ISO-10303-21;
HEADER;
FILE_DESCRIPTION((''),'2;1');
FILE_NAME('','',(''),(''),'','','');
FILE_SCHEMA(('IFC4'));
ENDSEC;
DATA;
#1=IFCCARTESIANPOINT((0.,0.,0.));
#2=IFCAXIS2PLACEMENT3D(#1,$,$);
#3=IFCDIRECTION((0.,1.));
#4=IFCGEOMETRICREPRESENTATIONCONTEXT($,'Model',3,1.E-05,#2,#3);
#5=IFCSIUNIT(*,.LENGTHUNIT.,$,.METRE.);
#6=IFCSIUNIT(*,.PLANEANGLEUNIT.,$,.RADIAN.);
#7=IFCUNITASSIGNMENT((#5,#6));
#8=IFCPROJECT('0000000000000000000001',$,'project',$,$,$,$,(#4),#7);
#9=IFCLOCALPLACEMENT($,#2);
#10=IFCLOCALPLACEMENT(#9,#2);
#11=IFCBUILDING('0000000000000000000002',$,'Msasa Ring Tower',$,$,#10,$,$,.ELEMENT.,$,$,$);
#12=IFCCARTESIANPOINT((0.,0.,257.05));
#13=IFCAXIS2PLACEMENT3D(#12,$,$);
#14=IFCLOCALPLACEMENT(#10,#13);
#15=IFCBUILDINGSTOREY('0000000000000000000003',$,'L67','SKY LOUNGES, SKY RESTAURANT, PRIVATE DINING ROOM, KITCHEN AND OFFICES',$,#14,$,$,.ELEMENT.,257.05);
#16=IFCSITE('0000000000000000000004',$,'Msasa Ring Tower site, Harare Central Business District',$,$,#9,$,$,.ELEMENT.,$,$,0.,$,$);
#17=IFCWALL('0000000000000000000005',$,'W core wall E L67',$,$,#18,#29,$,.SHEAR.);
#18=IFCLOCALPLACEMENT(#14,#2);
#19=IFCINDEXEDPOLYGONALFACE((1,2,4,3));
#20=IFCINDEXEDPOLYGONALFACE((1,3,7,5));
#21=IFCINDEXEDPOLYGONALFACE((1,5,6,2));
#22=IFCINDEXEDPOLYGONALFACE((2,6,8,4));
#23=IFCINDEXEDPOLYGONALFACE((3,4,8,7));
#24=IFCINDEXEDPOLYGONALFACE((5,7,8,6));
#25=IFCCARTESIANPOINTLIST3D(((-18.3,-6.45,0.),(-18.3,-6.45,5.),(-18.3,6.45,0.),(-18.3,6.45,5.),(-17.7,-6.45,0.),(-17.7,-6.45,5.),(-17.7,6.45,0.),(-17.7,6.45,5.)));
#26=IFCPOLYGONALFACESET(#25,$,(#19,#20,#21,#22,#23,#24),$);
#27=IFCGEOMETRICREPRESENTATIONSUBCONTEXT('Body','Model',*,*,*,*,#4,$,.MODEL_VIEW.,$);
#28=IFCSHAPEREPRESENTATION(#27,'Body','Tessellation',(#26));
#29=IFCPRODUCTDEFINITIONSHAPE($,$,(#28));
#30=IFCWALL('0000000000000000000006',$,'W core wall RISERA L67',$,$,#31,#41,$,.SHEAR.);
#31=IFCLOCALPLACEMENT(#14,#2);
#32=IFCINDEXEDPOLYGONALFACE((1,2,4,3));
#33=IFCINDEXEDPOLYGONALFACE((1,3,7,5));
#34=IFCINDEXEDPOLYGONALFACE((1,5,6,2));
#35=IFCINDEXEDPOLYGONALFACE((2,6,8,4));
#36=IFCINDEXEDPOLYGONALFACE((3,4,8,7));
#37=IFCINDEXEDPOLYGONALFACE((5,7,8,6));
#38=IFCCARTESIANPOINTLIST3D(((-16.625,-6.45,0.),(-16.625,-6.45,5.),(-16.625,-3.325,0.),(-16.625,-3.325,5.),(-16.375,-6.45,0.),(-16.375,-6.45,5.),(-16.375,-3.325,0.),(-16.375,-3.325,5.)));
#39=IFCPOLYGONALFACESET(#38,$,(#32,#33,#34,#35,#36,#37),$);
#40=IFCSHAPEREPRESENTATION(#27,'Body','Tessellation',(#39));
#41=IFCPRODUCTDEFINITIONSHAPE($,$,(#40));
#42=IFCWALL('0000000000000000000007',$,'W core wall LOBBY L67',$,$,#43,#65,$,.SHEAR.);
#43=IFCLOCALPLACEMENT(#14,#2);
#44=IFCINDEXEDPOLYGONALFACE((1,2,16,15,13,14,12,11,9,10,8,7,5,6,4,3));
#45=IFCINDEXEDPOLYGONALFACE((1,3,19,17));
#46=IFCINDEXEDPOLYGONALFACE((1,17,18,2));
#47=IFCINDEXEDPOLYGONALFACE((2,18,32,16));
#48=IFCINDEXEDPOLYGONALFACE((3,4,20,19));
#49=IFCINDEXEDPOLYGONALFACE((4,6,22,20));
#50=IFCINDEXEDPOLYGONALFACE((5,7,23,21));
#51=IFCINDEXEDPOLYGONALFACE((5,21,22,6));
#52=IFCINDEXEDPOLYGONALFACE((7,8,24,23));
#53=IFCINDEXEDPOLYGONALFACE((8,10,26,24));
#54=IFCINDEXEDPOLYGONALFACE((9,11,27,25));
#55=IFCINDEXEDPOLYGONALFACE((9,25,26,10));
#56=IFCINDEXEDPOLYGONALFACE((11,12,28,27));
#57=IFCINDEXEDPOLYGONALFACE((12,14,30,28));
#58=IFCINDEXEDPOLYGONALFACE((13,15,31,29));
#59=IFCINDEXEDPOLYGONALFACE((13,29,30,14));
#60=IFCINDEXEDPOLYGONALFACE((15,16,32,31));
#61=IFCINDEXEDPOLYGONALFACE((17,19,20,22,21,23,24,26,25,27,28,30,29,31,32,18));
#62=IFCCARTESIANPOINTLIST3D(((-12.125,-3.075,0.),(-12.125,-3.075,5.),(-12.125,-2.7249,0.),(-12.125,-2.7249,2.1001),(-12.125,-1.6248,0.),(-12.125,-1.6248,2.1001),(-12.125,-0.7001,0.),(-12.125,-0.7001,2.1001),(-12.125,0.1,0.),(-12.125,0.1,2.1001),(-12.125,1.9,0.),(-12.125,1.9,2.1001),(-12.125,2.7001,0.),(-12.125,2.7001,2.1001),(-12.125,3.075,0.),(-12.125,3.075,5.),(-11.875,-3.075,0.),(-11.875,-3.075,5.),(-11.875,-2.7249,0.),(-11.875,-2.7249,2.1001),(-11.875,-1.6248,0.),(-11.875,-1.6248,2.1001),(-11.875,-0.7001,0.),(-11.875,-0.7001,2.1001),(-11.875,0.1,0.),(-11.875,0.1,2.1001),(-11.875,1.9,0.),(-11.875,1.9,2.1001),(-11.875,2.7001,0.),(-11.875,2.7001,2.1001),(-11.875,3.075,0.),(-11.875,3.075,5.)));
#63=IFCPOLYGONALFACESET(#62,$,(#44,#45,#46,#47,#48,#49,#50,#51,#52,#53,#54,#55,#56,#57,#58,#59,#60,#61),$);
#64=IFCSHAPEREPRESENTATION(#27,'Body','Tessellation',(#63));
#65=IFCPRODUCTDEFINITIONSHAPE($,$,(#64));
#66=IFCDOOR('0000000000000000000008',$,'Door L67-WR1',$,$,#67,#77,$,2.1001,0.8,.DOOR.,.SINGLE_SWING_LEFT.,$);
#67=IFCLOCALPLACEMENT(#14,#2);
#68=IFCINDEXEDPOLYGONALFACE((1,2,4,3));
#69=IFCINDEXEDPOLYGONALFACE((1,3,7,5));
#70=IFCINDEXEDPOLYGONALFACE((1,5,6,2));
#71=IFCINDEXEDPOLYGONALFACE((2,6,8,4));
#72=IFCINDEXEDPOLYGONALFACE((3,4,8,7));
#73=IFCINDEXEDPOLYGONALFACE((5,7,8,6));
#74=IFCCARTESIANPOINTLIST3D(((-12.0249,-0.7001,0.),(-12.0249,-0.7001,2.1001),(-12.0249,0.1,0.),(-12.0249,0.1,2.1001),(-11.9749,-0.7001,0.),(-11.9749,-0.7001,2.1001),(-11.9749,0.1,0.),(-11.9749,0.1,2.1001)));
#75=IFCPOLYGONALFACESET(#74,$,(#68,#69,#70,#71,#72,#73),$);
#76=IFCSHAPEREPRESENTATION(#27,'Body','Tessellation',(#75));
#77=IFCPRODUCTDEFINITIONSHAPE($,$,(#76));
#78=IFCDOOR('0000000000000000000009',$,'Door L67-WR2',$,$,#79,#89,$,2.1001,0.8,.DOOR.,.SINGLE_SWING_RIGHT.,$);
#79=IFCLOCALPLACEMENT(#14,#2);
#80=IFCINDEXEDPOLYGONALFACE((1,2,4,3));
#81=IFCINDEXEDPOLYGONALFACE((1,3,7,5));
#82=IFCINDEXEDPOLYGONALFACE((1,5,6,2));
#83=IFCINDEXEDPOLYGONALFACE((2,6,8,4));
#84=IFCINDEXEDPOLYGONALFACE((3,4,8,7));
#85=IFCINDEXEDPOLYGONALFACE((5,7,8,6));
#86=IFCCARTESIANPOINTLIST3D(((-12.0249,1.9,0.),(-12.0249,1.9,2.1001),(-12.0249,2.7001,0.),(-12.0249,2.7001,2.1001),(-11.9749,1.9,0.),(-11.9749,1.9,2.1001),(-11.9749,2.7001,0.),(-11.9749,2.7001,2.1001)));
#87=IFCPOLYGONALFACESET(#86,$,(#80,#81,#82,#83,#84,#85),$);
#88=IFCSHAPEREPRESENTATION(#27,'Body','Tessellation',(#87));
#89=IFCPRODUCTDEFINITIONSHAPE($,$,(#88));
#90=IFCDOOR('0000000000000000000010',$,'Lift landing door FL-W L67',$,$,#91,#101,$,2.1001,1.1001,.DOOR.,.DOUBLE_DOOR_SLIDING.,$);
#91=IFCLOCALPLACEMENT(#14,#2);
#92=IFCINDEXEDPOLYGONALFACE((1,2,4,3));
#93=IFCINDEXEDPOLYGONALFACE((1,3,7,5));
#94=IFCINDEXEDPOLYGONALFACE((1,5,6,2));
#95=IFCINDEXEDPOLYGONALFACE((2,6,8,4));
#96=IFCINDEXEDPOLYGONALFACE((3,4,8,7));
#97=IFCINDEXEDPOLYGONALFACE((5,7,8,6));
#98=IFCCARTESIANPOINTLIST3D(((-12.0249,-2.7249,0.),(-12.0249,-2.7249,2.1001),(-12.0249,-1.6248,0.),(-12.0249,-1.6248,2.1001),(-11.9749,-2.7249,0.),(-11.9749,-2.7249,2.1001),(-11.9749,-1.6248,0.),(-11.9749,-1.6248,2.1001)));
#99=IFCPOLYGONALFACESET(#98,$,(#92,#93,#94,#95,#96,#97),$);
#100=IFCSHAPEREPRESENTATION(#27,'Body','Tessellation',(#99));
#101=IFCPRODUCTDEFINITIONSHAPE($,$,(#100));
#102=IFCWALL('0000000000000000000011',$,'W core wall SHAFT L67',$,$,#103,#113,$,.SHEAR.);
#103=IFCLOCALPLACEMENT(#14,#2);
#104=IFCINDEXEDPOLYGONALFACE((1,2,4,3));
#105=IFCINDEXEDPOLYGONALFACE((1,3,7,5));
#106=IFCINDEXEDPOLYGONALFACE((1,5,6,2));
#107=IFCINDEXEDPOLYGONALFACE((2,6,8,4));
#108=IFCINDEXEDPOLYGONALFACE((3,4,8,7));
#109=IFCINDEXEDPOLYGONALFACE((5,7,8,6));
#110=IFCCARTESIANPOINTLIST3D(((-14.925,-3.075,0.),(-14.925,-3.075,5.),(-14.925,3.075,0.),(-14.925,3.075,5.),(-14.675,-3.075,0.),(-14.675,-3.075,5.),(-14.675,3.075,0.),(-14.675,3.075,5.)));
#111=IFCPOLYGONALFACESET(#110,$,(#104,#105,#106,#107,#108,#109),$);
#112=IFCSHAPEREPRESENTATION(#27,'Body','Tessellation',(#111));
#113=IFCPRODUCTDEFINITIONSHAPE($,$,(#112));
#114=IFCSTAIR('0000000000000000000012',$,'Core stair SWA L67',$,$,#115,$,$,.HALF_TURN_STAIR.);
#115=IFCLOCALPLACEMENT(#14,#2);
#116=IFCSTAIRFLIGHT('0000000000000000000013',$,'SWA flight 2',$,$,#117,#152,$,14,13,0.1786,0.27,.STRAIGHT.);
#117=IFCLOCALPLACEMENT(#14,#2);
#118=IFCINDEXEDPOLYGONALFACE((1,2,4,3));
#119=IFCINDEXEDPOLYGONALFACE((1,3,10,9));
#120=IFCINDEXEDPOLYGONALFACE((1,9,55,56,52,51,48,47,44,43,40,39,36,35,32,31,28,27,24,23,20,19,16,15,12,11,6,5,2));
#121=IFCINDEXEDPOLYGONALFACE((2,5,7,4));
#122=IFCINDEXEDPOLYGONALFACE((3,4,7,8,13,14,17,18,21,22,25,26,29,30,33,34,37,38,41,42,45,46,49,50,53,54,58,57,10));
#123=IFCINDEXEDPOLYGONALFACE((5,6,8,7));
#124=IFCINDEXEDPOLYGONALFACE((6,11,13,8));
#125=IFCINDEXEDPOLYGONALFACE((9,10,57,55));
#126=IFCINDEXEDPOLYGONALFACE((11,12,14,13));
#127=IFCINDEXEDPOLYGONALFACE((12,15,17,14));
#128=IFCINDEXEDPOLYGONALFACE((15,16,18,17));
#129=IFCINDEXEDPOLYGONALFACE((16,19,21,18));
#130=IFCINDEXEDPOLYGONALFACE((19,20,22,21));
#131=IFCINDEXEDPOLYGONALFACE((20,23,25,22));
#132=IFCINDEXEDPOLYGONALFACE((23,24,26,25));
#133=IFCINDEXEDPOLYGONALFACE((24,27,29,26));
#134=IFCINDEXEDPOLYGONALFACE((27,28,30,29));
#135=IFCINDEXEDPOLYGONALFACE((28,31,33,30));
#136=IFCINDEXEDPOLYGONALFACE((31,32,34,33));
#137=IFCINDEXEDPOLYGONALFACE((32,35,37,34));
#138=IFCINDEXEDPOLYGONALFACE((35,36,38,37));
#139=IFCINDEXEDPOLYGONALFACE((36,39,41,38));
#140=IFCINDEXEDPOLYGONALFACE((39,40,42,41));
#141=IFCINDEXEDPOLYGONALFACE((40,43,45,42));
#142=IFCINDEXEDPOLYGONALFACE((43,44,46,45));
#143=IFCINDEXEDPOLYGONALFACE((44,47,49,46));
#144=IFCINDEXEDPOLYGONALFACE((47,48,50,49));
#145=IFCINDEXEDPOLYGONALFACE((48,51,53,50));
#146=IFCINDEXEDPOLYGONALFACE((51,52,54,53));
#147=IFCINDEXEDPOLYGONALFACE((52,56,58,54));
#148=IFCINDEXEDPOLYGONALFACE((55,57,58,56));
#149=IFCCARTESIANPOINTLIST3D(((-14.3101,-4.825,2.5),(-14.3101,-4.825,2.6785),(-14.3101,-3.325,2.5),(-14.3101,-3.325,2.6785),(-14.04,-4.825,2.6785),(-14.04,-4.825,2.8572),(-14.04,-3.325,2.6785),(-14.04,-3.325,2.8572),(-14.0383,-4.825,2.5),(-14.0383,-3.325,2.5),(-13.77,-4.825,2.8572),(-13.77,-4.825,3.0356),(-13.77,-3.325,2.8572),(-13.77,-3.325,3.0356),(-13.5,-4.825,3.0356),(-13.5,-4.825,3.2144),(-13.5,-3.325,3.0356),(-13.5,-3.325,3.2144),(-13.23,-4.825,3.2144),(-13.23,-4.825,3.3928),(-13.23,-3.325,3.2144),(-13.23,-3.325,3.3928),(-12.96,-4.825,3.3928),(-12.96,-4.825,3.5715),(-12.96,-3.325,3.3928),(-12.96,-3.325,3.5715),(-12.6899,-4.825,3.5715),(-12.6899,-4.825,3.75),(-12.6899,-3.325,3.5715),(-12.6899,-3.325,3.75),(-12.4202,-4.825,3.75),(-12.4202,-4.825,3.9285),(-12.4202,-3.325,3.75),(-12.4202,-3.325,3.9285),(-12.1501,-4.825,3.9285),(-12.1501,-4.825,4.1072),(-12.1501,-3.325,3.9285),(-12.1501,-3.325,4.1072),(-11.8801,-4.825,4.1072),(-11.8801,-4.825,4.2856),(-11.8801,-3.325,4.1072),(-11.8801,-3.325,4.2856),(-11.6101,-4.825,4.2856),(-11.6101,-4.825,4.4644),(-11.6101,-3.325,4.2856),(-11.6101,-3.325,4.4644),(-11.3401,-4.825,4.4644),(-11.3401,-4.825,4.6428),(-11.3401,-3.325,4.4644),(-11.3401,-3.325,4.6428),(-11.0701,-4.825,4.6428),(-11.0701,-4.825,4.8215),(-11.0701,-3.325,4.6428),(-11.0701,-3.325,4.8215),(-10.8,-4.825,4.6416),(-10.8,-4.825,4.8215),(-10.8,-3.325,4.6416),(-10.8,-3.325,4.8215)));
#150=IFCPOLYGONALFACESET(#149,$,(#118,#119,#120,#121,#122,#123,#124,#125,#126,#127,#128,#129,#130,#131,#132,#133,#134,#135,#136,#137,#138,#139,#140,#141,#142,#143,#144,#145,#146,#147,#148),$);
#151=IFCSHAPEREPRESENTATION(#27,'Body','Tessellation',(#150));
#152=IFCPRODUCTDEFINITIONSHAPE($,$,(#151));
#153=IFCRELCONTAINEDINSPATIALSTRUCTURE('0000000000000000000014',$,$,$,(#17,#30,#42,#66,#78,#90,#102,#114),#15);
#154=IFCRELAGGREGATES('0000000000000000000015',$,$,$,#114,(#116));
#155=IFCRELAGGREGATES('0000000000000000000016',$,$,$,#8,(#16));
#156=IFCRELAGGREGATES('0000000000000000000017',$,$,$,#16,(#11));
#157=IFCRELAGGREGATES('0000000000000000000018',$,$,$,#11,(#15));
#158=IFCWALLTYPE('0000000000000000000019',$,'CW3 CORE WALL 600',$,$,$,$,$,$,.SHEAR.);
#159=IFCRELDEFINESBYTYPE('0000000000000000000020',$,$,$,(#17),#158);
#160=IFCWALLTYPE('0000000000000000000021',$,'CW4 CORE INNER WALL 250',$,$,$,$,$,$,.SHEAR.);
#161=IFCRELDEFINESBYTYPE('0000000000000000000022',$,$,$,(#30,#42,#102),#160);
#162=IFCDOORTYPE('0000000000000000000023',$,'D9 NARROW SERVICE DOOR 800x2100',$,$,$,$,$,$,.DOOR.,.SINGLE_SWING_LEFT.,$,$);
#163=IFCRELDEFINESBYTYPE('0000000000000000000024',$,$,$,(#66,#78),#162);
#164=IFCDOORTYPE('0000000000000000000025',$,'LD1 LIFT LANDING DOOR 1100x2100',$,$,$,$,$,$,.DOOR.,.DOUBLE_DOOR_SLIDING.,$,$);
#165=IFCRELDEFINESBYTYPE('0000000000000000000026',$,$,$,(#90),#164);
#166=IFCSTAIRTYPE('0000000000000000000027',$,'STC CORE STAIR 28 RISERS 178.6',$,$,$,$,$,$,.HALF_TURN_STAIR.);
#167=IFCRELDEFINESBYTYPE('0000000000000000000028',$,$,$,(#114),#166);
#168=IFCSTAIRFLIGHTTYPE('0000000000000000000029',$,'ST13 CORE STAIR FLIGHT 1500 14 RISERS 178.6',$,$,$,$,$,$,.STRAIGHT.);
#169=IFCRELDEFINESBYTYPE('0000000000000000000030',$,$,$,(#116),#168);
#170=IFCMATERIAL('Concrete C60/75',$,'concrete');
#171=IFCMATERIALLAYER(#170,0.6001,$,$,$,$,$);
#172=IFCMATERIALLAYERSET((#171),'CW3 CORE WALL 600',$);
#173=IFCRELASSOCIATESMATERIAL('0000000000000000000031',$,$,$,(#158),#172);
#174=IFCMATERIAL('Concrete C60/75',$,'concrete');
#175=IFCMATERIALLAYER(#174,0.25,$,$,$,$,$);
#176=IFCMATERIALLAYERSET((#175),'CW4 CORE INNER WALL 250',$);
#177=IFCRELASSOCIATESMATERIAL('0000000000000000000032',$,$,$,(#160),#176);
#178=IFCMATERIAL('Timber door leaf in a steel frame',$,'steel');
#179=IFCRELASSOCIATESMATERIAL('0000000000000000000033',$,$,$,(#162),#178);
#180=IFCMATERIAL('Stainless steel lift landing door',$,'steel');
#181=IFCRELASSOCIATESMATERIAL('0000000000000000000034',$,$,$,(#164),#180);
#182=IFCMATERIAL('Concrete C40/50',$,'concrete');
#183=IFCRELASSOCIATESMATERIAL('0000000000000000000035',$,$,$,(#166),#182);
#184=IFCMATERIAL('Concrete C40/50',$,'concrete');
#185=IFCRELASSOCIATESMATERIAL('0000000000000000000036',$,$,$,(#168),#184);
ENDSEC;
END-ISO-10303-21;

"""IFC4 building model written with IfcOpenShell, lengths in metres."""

from ifc_helpers import new_model, si_unit, direction, frame, frame_2d, origin, place, context, subcontext, project, spatial, polyline, rectangle, outline, extrude, material, layer, layer_set, type_object, element, fill, aggregate, save


model = new_model("IFC4")

# Units and contexts
model_context = context("Model", 3, precision=1e-05, world=origin(), true_north=direction((0.0, 1.0)))
body_context = subcontext(model_context, "Body", "Model", "MODEL_VIEW")
ifc_project = project(units=[si_unit("LENGTHUNIT", "METRE"), si_unit("PLANEANGLEUNIT", "RADIAN")], contexts=[model_context])

# Site, building, storey
site_placement = place(None, origin())
site = spatial("IfcSite", under=ifc_project, at=site_placement, Name="Msasa Ring Tower site, Harare Central Business District", CompositionType="ELEMENT", RefElevation=0.0)
building_placement = place(site_placement, origin())
building = spatial("IfcBuilding", under=site, at=building_placement, Name="Msasa Ring Tower", CompositionType="ELEMENT")
storey_placement = place(building_placement, frame((0.0, 0.0, 257.05)))
storey = spatial("IfcBuildingStorey", under=building, at=storey_placement, Name="L67", Description="SKY LOUNGES, SKY RESTAURANT, PRIVATE DINING ROOM, KITCHEN AND OFFICES", CompositionType="ELEMENT", Elevation=257.05)

# Walls
ifc_material_1 = material(Name="Concrete C60/75", Category="concrete")
ifc_layer_1 = layer(ifc_material_1, 0.6001)
ifc_layer_set_1 = layer_set([ifc_layer_1], Name="CW3 CORE WALL 600")
wall_type_1 = type_object("IfcWallType", Name="CW3 CORE WALL 600", PredefinedType="SHEAR", material=ifc_layer_set_1)
wall_1_placement = place(storey_placement, frame((-18.0, -6.45, 0.0), z_axis=(0.0, 0.0, 1.0), x_axis=(0.0, 1.0, 0.0)))
element("IfcWall", 1, at=wall_1_placement, inside=storey, type_object=wall_type_1, Name="W core wall E L67", PredefinedType="SHEAR", context=body_context, shape_type="SweptSolid", body=[
    extrude(rectangle(XDim=12.8999, YDim=0.6001, at=frame_2d((6.45, 0.0))), origin(), (0.0, 0.0, 1.0), 5.0),
])
ifc_material_2 = material(Name="Concrete C60/75", Category="concrete")
ifc_layer_2 = layer(ifc_material_2, 0.25)
ifc_layer_set_2 = layer_set([ifc_layer_2], Name="CW4 CORE INNER WALL 250")
wall_type_2 = type_object("IfcWallType", Name="CW4 CORE INNER WALL 250", PredefinedType="SHEAR", material=ifc_layer_set_2)
wall_2_placement = place(storey_placement, frame((-16.5, -6.45, 0.0), z_axis=(0.0, 0.0, 1.0), x_axis=(0.0, 1.0, 0.0)))
element("IfcWall", 2, at=wall_2_placement, inside=storey, type_object=wall_type_2, Name="W core wall RISERA L67", PredefinedType="SHEAR", context=body_context, shape_type="SweptSolid", body=[
    extrude(rectangle(XDim=3.125, YDim=0.25, at=frame_2d((1.5625, 0.0))), origin(), (0.0, 0.0, 1.0), 5.0),
])

# Wall, openings, doors
wall_3_placement = place(storey_placement, frame((-12.0, -3.075, 0.0), z_axis=(0.0, 0.0, 1.0), x_axis=(0.0, 1.0, 0.0)))
wall_3 = element("IfcWall", 3, at=wall_3_placement, inside=storey, type_object=wall_type_2, Name="W core wall LOBBY L67", PredefinedType="SHEAR", context=body_context, shape_type="SweptSolid", body=[
    extrude(rectangle(XDim=6.1499, YDim=0.25, at=frame_2d((3.075, 0.0))), origin(), (0.0, 0.0, 1.0), 5.0),
])
opening_1_placement = place(wall_3_placement, frame((2.375, 0.0, 0.0)))
opening_1 = element("IfcOpeningElement", 4, at=opening_1_placement, cuts=wall_3, PredefinedType="OPENING", context=body_context, shape_type="SweptSolid", body=[
    extrude(rectangle(XDim=0.8, YDim=2.1001, at=frame_2d((0.3999, 1.05))), frame((0.0, 0.135, 0.0), z_axis=(0.0, -1.0, 0.0), x_axis=(1.0, 0.0, 0.0)), (0.0, 0.0, 1.0), 0.27),
])
opening_2_placement = place(wall_3_placement, frame((4.9751, 0.0, 0.0)))
opening_2 = element("IfcOpeningElement", 5, at=opening_2_placement, cuts=wall_3, PredefinedType="OPENING", context=body_context, shape_type="SweptSolid", body=[
    extrude(rectangle(XDim=0.8, YDim=2.1001, at=frame_2d((0.3999, 1.05))), frame((0.0, 0.135, 0.0), z_axis=(0.0, -1.0, 0.0), x_axis=(1.0, 0.0, 0.0)), (0.0, 0.0, 1.0), 0.27),
])
opening_3_placement = place(wall_3_placement, frame((0.3501, 0.0, 0.0)))
opening_3 = element("IfcOpeningElement", 6, at=opening_3_placement, cuts=wall_3, PredefinedType="OPENING", context=body_context, shape_type="SweptSolid", body=[
    extrude(rectangle(XDim=1.1001, YDim=2.1001, at=frame_2d((0.55, 1.05))), frame((0.0, 0.135, 0.0), z_axis=(0.0, -1.0, 0.0), x_axis=(1.0, 0.0, 0.0)), (0.0, 0.0, 1.0), 0.27),
])
ifc_material_3 = material(Name="Timber door leaf in a steel frame", Category="steel")
door_type_1 = type_object("IfcDoorType", Name="D9 NARROW SERVICE DOOR 800x2100", OperationType="SINGLE_SWING_LEFT", PredefinedType="DOOR", material=ifc_material_3)
door_1_placement = place(opening_1_placement, origin())
door_1 = element("IfcDoor", 7, at=door_1_placement, inside=storey, type_object=door_type_1, Name="Door L67-WR1", OperationType="SINGLE_SWING_LEFT", OverallHeight=2.1001, OverallWidth=0.8, PredefinedType="DOOR", context=body_context, shape_type="SweptSolid", body=[
    extrude(rectangle(XDim=0.8, YDim=2.1001, at=frame_2d((0.3999, 1.05))), frame((0.0, 0.0249, 0.0), z_axis=(0.0, -1.0, 0.0), x_axis=(1.0, 0.0, 0.0)), (0.0, 0.0, 1.0), 0.05),
])
fill(opening_1, door_1)
door_2_placement = place(opening_2_placement, origin())
door_2 = element("IfcDoor", 8, at=door_2_placement, inside=storey, type_object=door_type_1, Name="Door L67-WR2", OperationType="SINGLE_SWING_RIGHT", OverallHeight=2.1001, OverallWidth=0.8, PredefinedType="DOOR", context=body_context, shape_type="SweptSolid", body=[
    extrude(rectangle(XDim=0.8, YDim=2.1001, at=frame_2d((0.3999, 1.05))), frame((0.0, 0.0249, 0.0), z_axis=(0.0, -1.0, 0.0), x_axis=(1.0, 0.0, 0.0)), (0.0, 0.0, 1.0), 0.05),
])
fill(opening_2, door_2)
ifc_material_4 = material(Name="Stainless steel lift landing door", Category="steel")
door_type_2 = type_object("IfcDoorType", Name="LD1 LIFT LANDING DOOR 1100x2100", OperationType="DOUBLE_DOOR_SLIDING", PredefinedType="DOOR", material=ifc_material_4)
door_3_placement = place(opening_3_placement, origin())
door_3 = element("IfcDoor", 9, at=door_3_placement, inside=storey, type_object=door_type_2, Name="Lift landing door FL-W L67", OperationType="DOUBLE_DOOR_SLIDING", OverallHeight=2.1001, OverallWidth=1.1001, PredefinedType="DOOR", context=body_context, shape_type="SweptSolid", body=[
    extrude(rectangle(XDim=1.1001, YDim=2.1001, at=frame_2d((0.55, 1.05))), frame((0.0, 0.0249, 0.0), z_axis=(0.0, -1.0, 0.0), x_axis=(1.0, 0.0, 0.0)), (0.0, 0.0, 1.0), 0.05),
])
fill(opening_3, door_3)

# Wall
wall_4_placement = place(storey_placement, frame((-14.8, -3.075, 0.0), z_axis=(0.0, 0.0, 1.0), x_axis=(0.0, 1.0, 0.0)))
element("IfcWall", 10, at=wall_4_placement, inside=storey, type_object=wall_type_2, Name="W core wall SHAFT L67", PredefinedType="SHEAR", context=body_context, shape_type="SweptSolid", body=[
    extrude(rectangle(XDim=6.1499, YDim=0.25, at=frame_2d((3.075, 0.0))), origin(), (0.0, 0.0, 1.0), 5.0),
])

# Stair, stair flight
ifc_material_5 = material(Name="Concrete C40/50", Category="concrete")
stair_type = type_object("IfcStairType", Name="STC CORE STAIR 28 RISERS 178.6", PredefinedType="HALF_TURN_STAIR", material=ifc_material_5)
stair_placement = place(storey_placement, origin())
stair = element("IfcStair", 11, at=stair_placement, inside=storey, type_object=stair_type, Name="Core stair SWA L67", PredefinedType="HALF_TURN_STAIR")
ifc_material_6 = material(Name="Concrete C40/50", Category="concrete")
stair_flight_type = type_object("IfcStairFlightType", Name="ST13 CORE STAIR FLIGHT 1500 14 RISERS 178.6", PredefinedType="STRAIGHT", material=ifc_material_6)
stair_flight_placement = place(storey_placement, frame((-14.3101, -4.075, 2.5), z_axis=(0.0, 0.0, 1.0), x_axis=(1.0, 0.0, 0.0)))
stair_flight = element("IfcStairFlight", 12, at=stair_flight_placement, type_object=stair_flight_type, Name="SWA flight 2", NumberOfRisers=14, NumberOfTreads=13, PredefinedType="STRAIGHT", RiserHeight=0.1786, TreadLength=0.27, context=body_context, shape_type="SweptSolid", body=[
    extrude(outline(polyline([(0.0, 0.0), (0.0, 0.1785), (0.27, 0.1785), (0.27, 0.3572), (0.54, 0.3572), (0.54, 0.5356), (0.8101, 0.5356), (0.8101, 0.7144), (1.0801, 0.7144), (1.0801, 0.8928), (1.3501, 0.8928), (1.3501, 1.0715), (1.6201, 1.0715), (1.6201, 1.25), (1.8899, 1.25), (1.8899, 1.4285), (2.1599, 1.4285), (2.1599, 1.6072), (2.4299, 1.6072), (2.4299, 1.7856), (2.7, 1.7856), (2.7, 1.9644), (2.97, 1.9644), (2.97, 2.1428), (3.24, 2.1428), (3.24, 2.3215), (3.51, 2.3215), (3.51, 2.5), (3.51, 2.1416), (0.2717, 0.0), (0.0, 0.0)])), frame((0.0, 0.75, 0.0), z_axis=(0.0, -1.0, 0.0), x_axis=(1.0, 0.0, 0.0)), (0.0, 0.0, 1.0), 1.5),
])
aggregate(stair, [stair_flight])

save(model, "model.ifc")
